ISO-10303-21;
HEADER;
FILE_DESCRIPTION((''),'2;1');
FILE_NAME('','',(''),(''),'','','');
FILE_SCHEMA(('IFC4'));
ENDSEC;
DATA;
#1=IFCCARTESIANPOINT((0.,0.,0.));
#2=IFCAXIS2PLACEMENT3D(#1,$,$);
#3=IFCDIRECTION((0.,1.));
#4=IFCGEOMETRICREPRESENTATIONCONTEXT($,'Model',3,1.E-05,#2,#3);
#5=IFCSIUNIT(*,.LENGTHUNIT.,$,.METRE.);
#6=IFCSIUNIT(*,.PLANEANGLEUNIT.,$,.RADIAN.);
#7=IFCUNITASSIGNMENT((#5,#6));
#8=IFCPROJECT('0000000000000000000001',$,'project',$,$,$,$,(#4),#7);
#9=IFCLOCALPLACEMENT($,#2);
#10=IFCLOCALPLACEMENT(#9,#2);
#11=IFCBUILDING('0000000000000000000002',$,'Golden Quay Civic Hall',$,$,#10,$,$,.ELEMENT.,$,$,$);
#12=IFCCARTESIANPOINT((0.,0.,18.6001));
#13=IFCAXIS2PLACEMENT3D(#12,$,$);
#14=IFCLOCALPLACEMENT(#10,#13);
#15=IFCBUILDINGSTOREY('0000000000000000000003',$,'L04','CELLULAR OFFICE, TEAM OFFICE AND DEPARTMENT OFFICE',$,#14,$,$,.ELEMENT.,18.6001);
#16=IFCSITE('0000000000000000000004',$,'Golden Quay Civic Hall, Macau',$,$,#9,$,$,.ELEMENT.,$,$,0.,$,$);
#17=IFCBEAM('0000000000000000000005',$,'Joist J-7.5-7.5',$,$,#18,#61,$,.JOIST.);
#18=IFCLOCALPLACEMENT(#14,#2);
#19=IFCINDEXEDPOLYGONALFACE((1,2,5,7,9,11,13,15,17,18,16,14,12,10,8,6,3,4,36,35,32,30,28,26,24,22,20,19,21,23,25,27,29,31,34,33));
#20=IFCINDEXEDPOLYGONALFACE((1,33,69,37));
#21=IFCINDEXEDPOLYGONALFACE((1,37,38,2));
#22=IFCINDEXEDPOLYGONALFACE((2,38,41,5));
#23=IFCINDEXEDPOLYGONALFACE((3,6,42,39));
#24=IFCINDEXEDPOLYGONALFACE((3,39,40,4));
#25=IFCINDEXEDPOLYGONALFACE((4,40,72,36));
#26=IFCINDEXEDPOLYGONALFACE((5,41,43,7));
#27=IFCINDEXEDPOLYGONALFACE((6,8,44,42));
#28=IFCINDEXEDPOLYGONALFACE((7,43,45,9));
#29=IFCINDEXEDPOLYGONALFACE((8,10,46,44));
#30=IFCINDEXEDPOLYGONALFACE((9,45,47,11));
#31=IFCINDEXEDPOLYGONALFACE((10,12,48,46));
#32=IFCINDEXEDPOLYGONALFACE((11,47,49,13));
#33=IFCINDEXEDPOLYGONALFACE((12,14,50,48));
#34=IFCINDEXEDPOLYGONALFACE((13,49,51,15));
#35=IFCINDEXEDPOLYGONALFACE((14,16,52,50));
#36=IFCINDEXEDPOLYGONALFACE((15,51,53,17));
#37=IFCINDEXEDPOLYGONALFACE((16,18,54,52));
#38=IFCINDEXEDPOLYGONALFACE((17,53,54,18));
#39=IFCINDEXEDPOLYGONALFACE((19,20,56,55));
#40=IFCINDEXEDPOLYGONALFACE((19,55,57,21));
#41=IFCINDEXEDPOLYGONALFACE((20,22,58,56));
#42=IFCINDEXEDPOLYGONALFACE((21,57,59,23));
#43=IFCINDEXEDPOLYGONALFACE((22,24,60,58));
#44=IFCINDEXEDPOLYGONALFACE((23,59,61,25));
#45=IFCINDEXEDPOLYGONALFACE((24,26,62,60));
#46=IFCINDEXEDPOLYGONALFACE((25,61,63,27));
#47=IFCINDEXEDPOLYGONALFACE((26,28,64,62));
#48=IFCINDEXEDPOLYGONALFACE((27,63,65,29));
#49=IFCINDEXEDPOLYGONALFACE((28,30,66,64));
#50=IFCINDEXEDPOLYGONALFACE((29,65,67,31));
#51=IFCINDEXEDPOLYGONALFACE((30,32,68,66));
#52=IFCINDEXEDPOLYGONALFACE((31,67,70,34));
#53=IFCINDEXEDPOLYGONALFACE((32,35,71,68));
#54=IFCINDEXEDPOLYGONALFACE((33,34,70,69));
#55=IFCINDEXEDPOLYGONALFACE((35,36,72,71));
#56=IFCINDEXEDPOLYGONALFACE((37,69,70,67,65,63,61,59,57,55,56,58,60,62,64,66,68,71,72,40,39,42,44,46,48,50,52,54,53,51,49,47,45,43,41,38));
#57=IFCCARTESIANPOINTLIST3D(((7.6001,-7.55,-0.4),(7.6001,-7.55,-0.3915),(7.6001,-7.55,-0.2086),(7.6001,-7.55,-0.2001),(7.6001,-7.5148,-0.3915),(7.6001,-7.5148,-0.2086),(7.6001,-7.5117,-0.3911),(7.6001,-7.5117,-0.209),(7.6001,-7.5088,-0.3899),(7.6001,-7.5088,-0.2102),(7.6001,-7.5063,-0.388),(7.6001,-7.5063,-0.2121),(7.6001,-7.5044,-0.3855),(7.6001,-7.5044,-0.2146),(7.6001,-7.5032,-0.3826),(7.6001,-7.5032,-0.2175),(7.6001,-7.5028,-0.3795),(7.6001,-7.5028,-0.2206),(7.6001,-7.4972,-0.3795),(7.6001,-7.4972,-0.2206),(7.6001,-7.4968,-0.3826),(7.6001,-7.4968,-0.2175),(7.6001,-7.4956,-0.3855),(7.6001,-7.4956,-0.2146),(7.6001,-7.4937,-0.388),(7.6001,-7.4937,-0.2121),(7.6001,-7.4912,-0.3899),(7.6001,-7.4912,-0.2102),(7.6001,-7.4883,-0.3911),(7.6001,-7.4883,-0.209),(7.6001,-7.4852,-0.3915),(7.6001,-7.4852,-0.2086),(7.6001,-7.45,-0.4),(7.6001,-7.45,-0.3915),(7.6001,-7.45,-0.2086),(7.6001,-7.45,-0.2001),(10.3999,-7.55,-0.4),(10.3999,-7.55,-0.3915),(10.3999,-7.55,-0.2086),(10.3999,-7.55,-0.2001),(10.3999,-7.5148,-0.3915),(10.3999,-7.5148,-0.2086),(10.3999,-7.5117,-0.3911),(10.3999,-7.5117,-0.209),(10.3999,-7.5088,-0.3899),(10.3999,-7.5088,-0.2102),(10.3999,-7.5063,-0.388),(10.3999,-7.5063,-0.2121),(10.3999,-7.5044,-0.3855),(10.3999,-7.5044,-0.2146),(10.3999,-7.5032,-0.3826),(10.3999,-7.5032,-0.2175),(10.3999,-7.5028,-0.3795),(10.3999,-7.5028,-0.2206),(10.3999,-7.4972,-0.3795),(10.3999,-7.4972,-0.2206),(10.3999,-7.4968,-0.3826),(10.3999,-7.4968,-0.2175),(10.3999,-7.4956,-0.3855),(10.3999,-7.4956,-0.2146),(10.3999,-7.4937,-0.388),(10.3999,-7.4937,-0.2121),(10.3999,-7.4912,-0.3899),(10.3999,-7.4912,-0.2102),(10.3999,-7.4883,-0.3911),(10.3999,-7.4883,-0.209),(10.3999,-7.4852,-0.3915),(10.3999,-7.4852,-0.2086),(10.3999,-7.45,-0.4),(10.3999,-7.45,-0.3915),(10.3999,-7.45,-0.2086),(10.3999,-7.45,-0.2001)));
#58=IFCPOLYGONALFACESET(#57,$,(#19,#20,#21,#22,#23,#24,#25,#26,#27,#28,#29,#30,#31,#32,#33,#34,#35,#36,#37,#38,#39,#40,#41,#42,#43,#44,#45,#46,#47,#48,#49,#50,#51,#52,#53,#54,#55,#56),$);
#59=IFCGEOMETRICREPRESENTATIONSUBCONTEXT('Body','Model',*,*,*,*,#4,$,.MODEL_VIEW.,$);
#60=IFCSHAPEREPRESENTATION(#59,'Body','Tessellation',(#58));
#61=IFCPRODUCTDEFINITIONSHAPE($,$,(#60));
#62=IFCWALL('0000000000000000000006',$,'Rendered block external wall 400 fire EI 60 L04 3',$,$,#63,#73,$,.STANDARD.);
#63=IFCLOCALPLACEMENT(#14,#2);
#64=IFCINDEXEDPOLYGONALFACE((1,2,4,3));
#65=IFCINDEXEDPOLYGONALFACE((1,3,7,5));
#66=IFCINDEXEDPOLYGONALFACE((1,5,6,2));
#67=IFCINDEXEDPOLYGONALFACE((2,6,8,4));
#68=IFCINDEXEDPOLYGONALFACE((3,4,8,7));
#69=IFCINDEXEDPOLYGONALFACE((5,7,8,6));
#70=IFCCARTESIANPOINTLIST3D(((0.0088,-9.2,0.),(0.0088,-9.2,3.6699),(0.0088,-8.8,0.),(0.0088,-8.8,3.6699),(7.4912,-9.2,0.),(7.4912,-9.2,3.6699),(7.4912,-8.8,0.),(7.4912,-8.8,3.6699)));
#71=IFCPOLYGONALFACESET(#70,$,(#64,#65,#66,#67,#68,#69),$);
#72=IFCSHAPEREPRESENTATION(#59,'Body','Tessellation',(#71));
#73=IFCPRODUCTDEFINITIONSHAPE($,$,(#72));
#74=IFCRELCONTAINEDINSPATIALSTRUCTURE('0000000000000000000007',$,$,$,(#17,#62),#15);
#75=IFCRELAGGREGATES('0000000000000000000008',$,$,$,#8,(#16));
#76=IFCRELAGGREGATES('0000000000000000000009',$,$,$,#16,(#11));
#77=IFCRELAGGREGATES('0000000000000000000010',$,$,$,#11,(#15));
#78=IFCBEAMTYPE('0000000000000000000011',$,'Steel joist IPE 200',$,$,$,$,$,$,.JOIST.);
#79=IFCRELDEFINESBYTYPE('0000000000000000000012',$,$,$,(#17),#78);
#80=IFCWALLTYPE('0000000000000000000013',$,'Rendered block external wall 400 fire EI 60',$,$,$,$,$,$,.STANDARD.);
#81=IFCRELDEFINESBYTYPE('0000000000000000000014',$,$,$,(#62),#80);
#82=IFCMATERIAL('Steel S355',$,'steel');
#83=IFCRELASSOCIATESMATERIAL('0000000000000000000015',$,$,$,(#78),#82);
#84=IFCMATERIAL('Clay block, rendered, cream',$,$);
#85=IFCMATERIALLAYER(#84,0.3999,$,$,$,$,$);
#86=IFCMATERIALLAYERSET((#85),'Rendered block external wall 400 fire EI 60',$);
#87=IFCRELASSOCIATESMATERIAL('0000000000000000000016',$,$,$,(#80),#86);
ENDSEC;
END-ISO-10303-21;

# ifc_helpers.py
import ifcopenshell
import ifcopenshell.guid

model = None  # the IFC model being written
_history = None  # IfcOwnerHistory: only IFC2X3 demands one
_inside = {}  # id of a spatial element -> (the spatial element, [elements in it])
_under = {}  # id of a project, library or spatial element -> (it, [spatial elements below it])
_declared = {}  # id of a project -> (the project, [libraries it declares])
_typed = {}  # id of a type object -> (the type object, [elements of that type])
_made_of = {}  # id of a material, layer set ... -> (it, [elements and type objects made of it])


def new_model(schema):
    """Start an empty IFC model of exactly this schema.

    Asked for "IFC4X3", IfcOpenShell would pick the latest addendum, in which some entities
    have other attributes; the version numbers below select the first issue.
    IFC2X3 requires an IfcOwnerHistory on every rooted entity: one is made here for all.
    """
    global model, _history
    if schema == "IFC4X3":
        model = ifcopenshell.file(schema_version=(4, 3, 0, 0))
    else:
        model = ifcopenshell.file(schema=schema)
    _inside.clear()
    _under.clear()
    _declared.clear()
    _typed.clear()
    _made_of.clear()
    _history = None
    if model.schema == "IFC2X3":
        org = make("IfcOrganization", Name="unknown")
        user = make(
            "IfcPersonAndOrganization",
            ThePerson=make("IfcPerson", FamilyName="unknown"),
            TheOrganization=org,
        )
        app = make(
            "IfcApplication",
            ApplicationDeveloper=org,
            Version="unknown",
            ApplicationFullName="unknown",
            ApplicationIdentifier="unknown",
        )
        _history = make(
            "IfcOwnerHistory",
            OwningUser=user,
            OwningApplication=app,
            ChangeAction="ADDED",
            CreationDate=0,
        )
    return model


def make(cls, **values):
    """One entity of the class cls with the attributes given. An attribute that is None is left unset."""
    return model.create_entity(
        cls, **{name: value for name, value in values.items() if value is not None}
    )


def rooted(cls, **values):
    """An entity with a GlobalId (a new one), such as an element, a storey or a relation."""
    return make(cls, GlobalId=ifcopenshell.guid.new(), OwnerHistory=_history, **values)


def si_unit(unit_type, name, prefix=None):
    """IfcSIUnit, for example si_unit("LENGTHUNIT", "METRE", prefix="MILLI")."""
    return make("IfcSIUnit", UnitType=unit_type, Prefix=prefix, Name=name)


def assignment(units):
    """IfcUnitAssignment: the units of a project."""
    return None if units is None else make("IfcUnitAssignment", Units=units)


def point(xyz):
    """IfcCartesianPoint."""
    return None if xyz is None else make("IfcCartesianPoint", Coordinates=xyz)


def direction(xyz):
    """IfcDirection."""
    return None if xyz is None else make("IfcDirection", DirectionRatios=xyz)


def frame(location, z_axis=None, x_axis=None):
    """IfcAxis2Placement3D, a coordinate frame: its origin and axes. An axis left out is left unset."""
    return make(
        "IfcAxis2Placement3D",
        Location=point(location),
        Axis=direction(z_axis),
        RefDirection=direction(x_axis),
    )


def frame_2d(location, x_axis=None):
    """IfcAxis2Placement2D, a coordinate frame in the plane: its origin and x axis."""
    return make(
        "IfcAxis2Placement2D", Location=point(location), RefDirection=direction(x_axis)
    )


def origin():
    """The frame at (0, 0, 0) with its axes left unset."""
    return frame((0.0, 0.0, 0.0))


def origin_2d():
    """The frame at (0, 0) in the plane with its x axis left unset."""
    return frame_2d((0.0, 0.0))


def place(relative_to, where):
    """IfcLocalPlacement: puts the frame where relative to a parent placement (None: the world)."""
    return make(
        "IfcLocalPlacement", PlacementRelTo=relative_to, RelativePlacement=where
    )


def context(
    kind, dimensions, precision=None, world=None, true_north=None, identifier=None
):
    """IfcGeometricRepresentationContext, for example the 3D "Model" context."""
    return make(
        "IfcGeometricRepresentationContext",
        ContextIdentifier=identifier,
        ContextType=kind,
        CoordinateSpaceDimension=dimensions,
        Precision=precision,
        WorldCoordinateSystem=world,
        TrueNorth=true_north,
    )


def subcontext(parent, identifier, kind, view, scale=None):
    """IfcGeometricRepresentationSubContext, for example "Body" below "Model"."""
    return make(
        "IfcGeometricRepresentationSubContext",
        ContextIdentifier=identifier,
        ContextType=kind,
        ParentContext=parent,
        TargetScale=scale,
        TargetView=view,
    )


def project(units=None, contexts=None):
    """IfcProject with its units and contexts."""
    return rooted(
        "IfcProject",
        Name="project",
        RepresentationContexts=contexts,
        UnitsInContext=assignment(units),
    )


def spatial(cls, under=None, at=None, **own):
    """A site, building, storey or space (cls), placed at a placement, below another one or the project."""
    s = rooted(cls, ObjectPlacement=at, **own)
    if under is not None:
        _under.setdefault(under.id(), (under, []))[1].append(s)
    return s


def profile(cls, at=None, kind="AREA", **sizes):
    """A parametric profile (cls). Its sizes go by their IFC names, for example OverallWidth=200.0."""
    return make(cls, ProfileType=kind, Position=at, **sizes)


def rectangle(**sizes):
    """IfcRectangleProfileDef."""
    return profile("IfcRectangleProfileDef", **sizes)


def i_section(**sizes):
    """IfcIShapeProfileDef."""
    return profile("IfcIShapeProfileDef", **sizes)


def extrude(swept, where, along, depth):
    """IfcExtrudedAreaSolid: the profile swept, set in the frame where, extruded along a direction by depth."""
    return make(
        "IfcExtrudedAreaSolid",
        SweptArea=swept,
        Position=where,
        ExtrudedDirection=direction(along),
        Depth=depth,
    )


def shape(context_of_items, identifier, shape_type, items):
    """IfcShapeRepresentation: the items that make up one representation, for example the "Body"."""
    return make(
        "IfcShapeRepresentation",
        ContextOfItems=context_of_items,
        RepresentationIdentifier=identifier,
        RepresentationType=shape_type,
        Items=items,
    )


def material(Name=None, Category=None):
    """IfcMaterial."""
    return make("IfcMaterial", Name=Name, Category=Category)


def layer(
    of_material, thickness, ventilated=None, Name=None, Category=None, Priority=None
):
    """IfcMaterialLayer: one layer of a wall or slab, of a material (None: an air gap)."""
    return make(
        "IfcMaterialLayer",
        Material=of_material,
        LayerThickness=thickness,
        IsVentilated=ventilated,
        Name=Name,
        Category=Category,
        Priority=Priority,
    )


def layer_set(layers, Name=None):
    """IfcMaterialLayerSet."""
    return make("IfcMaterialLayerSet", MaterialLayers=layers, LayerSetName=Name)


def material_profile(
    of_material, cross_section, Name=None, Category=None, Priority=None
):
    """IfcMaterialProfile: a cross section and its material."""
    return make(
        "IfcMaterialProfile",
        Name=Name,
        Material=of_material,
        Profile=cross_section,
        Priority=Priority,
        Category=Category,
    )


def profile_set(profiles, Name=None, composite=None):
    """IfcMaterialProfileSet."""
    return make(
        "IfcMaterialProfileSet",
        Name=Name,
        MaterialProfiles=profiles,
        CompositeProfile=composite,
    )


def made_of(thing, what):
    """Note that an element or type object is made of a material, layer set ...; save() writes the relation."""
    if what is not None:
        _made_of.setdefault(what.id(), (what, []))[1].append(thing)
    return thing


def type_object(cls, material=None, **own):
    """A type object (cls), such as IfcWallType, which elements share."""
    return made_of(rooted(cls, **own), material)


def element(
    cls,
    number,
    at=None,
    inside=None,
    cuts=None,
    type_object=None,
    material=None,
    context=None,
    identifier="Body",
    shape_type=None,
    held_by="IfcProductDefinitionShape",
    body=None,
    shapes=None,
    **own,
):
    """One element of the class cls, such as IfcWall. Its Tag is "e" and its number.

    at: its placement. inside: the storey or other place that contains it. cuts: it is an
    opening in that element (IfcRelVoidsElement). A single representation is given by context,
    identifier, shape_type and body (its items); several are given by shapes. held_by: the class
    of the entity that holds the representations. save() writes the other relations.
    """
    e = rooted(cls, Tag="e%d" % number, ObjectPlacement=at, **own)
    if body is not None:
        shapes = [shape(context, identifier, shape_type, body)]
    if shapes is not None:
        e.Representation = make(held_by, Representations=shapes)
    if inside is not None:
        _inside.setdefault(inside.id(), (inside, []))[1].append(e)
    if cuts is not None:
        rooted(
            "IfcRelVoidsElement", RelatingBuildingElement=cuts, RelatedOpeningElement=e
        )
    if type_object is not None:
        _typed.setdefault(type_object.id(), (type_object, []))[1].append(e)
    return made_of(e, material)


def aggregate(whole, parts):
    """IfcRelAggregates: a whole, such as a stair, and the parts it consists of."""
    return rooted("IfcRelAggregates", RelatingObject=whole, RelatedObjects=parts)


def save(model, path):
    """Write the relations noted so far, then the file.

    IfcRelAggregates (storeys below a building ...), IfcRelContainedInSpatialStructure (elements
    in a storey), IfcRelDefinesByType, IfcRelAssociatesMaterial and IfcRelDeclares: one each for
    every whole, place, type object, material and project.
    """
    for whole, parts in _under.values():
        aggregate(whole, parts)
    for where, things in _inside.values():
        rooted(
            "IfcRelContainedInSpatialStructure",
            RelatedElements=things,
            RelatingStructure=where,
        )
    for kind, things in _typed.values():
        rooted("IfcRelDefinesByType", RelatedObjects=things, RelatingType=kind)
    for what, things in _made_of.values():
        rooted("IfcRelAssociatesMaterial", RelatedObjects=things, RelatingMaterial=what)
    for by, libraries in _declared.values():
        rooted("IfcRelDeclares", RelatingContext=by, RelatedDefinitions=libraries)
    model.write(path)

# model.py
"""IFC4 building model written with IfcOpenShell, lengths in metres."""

from ifc_helpers import new_model, si_unit, direction, frame, frame_2d, origin, origin_2d, place, context, subcontext, project, spatial, rectangle, i_section, extrude, material, layer, layer_set, material_profile, profile_set, type_object, element, save


model = new_model("IFC4")

# Units and contexts
model_context = context("Model", 3, precision=1e-05, world=origin(), true_north=direction((0.0, 1.0)))
body_context = subcontext(model_context, "Body", "Model", "MODEL_VIEW")
ifc_project = project(units=[si_unit("LENGTHUNIT", "METRE"), si_unit("PLANEANGLEUNIT", "RADIAN")], contexts=[model_context])

# Site, building, storey
site_placement = place(None, origin())
site = spatial("IfcSite", under=ifc_project, at=site_placement, Name="Golden Quay Civic Hall, Macau", CompositionType="ELEMENT", RefElevation=0.0)
building_placement = place(site_placement, origin())
building = spatial("IfcBuilding", under=site, at=building_placement, Name="Golden Quay Civic Hall", CompositionType="ELEMENT")
storey_placement = place(building_placement, frame((0.0, 0.0, 18.6001)))
storey = spatial("IfcBuildingStorey", under=building, at=storey_placement, Name="L04", Description="CELLULAR OFFICE, TEAM OFFICE AND DEPARTMENT OFFICE", CompositionType="ELEMENT", Elevation=18.6001)

# Beam
ifc_material_1 = material(Name="Steel S355", Category="steel")
ifc_material_profile_1 = material_profile(ifc_material_1, i_section(OverallWidth=0.1001, OverallDepth=0.2, WebThickness=0.0056, FlangeThickness=0.0085, FilletRadius=0.012, at=origin_2d()), Name="IPE 200")
ifc_profile_set_1 = profile_set([ifc_material_profile_1], Name="Steel S355")
beam_type_1 = type_object("IfcBeamType", Name="Steel joist IPE 200", PredefinedType="JOIST", material=ifc_profile_set_1)
beam_1_placement = place(storey_placement, frame((7.6001, -7.5, -0.3), z_axis=(1.0, 0.0, 0.0), x_axis=(0.0, 1.0, 0.0)))
element("IfcBeam", 1, at=beam_1_placement, inside=storey, type_object=beam_type_1, Name="Joist J-7.5-7.5", PredefinedType="JOIST", context=body_context, shape_type="SweptSolid", body=[
    extrude(i_section(OverallWidth=0.1001, OverallDepth=0.2, WebThickness=0.0056, FlangeThickness=0.0085, FilletRadius=0.012, at=origin_2d()), origin(), (0.0, 0.0, 1.0), 2.7998),
])

# Wall
ifc_material_2 = material(Name="Clay block, rendered, cream")
ifc_layer_1 = layer(ifc_material_2, 0.3999)
ifc_layer_set_1 = layer_set([ifc_layer_1], Name="Rendered block external wall 400 fire EI 60")
wall_type_1 = type_object("IfcWallType", Name="Rendered block external wall 400 fire EI 60", PredefinedType="STANDARD", material=ifc_layer_set_1)
wall_1_placement = place(storey_placement, frame((7.4912, -9.0, 0.0), z_axis=(0.0, 0.0, 1.0), x_axis=(-1.0, 0.0, 0.0)))
element("IfcWall", 2, at=wall_1_placement, inside=storey, type_object=wall_type_1, Name="Rendered block external wall 400 fire EI 60 L04 3", PredefinedType="STANDARD", context=body_context, shape_type="SweptSolid", body=[
    extrude(rectangle(XDim=7.4824, YDim=0.3999, at=frame_2d((3.7412, 0.0))), origin(), (0.0, 0.0, 1.0), 3.6699),
])

save(model, "model.ifc")
